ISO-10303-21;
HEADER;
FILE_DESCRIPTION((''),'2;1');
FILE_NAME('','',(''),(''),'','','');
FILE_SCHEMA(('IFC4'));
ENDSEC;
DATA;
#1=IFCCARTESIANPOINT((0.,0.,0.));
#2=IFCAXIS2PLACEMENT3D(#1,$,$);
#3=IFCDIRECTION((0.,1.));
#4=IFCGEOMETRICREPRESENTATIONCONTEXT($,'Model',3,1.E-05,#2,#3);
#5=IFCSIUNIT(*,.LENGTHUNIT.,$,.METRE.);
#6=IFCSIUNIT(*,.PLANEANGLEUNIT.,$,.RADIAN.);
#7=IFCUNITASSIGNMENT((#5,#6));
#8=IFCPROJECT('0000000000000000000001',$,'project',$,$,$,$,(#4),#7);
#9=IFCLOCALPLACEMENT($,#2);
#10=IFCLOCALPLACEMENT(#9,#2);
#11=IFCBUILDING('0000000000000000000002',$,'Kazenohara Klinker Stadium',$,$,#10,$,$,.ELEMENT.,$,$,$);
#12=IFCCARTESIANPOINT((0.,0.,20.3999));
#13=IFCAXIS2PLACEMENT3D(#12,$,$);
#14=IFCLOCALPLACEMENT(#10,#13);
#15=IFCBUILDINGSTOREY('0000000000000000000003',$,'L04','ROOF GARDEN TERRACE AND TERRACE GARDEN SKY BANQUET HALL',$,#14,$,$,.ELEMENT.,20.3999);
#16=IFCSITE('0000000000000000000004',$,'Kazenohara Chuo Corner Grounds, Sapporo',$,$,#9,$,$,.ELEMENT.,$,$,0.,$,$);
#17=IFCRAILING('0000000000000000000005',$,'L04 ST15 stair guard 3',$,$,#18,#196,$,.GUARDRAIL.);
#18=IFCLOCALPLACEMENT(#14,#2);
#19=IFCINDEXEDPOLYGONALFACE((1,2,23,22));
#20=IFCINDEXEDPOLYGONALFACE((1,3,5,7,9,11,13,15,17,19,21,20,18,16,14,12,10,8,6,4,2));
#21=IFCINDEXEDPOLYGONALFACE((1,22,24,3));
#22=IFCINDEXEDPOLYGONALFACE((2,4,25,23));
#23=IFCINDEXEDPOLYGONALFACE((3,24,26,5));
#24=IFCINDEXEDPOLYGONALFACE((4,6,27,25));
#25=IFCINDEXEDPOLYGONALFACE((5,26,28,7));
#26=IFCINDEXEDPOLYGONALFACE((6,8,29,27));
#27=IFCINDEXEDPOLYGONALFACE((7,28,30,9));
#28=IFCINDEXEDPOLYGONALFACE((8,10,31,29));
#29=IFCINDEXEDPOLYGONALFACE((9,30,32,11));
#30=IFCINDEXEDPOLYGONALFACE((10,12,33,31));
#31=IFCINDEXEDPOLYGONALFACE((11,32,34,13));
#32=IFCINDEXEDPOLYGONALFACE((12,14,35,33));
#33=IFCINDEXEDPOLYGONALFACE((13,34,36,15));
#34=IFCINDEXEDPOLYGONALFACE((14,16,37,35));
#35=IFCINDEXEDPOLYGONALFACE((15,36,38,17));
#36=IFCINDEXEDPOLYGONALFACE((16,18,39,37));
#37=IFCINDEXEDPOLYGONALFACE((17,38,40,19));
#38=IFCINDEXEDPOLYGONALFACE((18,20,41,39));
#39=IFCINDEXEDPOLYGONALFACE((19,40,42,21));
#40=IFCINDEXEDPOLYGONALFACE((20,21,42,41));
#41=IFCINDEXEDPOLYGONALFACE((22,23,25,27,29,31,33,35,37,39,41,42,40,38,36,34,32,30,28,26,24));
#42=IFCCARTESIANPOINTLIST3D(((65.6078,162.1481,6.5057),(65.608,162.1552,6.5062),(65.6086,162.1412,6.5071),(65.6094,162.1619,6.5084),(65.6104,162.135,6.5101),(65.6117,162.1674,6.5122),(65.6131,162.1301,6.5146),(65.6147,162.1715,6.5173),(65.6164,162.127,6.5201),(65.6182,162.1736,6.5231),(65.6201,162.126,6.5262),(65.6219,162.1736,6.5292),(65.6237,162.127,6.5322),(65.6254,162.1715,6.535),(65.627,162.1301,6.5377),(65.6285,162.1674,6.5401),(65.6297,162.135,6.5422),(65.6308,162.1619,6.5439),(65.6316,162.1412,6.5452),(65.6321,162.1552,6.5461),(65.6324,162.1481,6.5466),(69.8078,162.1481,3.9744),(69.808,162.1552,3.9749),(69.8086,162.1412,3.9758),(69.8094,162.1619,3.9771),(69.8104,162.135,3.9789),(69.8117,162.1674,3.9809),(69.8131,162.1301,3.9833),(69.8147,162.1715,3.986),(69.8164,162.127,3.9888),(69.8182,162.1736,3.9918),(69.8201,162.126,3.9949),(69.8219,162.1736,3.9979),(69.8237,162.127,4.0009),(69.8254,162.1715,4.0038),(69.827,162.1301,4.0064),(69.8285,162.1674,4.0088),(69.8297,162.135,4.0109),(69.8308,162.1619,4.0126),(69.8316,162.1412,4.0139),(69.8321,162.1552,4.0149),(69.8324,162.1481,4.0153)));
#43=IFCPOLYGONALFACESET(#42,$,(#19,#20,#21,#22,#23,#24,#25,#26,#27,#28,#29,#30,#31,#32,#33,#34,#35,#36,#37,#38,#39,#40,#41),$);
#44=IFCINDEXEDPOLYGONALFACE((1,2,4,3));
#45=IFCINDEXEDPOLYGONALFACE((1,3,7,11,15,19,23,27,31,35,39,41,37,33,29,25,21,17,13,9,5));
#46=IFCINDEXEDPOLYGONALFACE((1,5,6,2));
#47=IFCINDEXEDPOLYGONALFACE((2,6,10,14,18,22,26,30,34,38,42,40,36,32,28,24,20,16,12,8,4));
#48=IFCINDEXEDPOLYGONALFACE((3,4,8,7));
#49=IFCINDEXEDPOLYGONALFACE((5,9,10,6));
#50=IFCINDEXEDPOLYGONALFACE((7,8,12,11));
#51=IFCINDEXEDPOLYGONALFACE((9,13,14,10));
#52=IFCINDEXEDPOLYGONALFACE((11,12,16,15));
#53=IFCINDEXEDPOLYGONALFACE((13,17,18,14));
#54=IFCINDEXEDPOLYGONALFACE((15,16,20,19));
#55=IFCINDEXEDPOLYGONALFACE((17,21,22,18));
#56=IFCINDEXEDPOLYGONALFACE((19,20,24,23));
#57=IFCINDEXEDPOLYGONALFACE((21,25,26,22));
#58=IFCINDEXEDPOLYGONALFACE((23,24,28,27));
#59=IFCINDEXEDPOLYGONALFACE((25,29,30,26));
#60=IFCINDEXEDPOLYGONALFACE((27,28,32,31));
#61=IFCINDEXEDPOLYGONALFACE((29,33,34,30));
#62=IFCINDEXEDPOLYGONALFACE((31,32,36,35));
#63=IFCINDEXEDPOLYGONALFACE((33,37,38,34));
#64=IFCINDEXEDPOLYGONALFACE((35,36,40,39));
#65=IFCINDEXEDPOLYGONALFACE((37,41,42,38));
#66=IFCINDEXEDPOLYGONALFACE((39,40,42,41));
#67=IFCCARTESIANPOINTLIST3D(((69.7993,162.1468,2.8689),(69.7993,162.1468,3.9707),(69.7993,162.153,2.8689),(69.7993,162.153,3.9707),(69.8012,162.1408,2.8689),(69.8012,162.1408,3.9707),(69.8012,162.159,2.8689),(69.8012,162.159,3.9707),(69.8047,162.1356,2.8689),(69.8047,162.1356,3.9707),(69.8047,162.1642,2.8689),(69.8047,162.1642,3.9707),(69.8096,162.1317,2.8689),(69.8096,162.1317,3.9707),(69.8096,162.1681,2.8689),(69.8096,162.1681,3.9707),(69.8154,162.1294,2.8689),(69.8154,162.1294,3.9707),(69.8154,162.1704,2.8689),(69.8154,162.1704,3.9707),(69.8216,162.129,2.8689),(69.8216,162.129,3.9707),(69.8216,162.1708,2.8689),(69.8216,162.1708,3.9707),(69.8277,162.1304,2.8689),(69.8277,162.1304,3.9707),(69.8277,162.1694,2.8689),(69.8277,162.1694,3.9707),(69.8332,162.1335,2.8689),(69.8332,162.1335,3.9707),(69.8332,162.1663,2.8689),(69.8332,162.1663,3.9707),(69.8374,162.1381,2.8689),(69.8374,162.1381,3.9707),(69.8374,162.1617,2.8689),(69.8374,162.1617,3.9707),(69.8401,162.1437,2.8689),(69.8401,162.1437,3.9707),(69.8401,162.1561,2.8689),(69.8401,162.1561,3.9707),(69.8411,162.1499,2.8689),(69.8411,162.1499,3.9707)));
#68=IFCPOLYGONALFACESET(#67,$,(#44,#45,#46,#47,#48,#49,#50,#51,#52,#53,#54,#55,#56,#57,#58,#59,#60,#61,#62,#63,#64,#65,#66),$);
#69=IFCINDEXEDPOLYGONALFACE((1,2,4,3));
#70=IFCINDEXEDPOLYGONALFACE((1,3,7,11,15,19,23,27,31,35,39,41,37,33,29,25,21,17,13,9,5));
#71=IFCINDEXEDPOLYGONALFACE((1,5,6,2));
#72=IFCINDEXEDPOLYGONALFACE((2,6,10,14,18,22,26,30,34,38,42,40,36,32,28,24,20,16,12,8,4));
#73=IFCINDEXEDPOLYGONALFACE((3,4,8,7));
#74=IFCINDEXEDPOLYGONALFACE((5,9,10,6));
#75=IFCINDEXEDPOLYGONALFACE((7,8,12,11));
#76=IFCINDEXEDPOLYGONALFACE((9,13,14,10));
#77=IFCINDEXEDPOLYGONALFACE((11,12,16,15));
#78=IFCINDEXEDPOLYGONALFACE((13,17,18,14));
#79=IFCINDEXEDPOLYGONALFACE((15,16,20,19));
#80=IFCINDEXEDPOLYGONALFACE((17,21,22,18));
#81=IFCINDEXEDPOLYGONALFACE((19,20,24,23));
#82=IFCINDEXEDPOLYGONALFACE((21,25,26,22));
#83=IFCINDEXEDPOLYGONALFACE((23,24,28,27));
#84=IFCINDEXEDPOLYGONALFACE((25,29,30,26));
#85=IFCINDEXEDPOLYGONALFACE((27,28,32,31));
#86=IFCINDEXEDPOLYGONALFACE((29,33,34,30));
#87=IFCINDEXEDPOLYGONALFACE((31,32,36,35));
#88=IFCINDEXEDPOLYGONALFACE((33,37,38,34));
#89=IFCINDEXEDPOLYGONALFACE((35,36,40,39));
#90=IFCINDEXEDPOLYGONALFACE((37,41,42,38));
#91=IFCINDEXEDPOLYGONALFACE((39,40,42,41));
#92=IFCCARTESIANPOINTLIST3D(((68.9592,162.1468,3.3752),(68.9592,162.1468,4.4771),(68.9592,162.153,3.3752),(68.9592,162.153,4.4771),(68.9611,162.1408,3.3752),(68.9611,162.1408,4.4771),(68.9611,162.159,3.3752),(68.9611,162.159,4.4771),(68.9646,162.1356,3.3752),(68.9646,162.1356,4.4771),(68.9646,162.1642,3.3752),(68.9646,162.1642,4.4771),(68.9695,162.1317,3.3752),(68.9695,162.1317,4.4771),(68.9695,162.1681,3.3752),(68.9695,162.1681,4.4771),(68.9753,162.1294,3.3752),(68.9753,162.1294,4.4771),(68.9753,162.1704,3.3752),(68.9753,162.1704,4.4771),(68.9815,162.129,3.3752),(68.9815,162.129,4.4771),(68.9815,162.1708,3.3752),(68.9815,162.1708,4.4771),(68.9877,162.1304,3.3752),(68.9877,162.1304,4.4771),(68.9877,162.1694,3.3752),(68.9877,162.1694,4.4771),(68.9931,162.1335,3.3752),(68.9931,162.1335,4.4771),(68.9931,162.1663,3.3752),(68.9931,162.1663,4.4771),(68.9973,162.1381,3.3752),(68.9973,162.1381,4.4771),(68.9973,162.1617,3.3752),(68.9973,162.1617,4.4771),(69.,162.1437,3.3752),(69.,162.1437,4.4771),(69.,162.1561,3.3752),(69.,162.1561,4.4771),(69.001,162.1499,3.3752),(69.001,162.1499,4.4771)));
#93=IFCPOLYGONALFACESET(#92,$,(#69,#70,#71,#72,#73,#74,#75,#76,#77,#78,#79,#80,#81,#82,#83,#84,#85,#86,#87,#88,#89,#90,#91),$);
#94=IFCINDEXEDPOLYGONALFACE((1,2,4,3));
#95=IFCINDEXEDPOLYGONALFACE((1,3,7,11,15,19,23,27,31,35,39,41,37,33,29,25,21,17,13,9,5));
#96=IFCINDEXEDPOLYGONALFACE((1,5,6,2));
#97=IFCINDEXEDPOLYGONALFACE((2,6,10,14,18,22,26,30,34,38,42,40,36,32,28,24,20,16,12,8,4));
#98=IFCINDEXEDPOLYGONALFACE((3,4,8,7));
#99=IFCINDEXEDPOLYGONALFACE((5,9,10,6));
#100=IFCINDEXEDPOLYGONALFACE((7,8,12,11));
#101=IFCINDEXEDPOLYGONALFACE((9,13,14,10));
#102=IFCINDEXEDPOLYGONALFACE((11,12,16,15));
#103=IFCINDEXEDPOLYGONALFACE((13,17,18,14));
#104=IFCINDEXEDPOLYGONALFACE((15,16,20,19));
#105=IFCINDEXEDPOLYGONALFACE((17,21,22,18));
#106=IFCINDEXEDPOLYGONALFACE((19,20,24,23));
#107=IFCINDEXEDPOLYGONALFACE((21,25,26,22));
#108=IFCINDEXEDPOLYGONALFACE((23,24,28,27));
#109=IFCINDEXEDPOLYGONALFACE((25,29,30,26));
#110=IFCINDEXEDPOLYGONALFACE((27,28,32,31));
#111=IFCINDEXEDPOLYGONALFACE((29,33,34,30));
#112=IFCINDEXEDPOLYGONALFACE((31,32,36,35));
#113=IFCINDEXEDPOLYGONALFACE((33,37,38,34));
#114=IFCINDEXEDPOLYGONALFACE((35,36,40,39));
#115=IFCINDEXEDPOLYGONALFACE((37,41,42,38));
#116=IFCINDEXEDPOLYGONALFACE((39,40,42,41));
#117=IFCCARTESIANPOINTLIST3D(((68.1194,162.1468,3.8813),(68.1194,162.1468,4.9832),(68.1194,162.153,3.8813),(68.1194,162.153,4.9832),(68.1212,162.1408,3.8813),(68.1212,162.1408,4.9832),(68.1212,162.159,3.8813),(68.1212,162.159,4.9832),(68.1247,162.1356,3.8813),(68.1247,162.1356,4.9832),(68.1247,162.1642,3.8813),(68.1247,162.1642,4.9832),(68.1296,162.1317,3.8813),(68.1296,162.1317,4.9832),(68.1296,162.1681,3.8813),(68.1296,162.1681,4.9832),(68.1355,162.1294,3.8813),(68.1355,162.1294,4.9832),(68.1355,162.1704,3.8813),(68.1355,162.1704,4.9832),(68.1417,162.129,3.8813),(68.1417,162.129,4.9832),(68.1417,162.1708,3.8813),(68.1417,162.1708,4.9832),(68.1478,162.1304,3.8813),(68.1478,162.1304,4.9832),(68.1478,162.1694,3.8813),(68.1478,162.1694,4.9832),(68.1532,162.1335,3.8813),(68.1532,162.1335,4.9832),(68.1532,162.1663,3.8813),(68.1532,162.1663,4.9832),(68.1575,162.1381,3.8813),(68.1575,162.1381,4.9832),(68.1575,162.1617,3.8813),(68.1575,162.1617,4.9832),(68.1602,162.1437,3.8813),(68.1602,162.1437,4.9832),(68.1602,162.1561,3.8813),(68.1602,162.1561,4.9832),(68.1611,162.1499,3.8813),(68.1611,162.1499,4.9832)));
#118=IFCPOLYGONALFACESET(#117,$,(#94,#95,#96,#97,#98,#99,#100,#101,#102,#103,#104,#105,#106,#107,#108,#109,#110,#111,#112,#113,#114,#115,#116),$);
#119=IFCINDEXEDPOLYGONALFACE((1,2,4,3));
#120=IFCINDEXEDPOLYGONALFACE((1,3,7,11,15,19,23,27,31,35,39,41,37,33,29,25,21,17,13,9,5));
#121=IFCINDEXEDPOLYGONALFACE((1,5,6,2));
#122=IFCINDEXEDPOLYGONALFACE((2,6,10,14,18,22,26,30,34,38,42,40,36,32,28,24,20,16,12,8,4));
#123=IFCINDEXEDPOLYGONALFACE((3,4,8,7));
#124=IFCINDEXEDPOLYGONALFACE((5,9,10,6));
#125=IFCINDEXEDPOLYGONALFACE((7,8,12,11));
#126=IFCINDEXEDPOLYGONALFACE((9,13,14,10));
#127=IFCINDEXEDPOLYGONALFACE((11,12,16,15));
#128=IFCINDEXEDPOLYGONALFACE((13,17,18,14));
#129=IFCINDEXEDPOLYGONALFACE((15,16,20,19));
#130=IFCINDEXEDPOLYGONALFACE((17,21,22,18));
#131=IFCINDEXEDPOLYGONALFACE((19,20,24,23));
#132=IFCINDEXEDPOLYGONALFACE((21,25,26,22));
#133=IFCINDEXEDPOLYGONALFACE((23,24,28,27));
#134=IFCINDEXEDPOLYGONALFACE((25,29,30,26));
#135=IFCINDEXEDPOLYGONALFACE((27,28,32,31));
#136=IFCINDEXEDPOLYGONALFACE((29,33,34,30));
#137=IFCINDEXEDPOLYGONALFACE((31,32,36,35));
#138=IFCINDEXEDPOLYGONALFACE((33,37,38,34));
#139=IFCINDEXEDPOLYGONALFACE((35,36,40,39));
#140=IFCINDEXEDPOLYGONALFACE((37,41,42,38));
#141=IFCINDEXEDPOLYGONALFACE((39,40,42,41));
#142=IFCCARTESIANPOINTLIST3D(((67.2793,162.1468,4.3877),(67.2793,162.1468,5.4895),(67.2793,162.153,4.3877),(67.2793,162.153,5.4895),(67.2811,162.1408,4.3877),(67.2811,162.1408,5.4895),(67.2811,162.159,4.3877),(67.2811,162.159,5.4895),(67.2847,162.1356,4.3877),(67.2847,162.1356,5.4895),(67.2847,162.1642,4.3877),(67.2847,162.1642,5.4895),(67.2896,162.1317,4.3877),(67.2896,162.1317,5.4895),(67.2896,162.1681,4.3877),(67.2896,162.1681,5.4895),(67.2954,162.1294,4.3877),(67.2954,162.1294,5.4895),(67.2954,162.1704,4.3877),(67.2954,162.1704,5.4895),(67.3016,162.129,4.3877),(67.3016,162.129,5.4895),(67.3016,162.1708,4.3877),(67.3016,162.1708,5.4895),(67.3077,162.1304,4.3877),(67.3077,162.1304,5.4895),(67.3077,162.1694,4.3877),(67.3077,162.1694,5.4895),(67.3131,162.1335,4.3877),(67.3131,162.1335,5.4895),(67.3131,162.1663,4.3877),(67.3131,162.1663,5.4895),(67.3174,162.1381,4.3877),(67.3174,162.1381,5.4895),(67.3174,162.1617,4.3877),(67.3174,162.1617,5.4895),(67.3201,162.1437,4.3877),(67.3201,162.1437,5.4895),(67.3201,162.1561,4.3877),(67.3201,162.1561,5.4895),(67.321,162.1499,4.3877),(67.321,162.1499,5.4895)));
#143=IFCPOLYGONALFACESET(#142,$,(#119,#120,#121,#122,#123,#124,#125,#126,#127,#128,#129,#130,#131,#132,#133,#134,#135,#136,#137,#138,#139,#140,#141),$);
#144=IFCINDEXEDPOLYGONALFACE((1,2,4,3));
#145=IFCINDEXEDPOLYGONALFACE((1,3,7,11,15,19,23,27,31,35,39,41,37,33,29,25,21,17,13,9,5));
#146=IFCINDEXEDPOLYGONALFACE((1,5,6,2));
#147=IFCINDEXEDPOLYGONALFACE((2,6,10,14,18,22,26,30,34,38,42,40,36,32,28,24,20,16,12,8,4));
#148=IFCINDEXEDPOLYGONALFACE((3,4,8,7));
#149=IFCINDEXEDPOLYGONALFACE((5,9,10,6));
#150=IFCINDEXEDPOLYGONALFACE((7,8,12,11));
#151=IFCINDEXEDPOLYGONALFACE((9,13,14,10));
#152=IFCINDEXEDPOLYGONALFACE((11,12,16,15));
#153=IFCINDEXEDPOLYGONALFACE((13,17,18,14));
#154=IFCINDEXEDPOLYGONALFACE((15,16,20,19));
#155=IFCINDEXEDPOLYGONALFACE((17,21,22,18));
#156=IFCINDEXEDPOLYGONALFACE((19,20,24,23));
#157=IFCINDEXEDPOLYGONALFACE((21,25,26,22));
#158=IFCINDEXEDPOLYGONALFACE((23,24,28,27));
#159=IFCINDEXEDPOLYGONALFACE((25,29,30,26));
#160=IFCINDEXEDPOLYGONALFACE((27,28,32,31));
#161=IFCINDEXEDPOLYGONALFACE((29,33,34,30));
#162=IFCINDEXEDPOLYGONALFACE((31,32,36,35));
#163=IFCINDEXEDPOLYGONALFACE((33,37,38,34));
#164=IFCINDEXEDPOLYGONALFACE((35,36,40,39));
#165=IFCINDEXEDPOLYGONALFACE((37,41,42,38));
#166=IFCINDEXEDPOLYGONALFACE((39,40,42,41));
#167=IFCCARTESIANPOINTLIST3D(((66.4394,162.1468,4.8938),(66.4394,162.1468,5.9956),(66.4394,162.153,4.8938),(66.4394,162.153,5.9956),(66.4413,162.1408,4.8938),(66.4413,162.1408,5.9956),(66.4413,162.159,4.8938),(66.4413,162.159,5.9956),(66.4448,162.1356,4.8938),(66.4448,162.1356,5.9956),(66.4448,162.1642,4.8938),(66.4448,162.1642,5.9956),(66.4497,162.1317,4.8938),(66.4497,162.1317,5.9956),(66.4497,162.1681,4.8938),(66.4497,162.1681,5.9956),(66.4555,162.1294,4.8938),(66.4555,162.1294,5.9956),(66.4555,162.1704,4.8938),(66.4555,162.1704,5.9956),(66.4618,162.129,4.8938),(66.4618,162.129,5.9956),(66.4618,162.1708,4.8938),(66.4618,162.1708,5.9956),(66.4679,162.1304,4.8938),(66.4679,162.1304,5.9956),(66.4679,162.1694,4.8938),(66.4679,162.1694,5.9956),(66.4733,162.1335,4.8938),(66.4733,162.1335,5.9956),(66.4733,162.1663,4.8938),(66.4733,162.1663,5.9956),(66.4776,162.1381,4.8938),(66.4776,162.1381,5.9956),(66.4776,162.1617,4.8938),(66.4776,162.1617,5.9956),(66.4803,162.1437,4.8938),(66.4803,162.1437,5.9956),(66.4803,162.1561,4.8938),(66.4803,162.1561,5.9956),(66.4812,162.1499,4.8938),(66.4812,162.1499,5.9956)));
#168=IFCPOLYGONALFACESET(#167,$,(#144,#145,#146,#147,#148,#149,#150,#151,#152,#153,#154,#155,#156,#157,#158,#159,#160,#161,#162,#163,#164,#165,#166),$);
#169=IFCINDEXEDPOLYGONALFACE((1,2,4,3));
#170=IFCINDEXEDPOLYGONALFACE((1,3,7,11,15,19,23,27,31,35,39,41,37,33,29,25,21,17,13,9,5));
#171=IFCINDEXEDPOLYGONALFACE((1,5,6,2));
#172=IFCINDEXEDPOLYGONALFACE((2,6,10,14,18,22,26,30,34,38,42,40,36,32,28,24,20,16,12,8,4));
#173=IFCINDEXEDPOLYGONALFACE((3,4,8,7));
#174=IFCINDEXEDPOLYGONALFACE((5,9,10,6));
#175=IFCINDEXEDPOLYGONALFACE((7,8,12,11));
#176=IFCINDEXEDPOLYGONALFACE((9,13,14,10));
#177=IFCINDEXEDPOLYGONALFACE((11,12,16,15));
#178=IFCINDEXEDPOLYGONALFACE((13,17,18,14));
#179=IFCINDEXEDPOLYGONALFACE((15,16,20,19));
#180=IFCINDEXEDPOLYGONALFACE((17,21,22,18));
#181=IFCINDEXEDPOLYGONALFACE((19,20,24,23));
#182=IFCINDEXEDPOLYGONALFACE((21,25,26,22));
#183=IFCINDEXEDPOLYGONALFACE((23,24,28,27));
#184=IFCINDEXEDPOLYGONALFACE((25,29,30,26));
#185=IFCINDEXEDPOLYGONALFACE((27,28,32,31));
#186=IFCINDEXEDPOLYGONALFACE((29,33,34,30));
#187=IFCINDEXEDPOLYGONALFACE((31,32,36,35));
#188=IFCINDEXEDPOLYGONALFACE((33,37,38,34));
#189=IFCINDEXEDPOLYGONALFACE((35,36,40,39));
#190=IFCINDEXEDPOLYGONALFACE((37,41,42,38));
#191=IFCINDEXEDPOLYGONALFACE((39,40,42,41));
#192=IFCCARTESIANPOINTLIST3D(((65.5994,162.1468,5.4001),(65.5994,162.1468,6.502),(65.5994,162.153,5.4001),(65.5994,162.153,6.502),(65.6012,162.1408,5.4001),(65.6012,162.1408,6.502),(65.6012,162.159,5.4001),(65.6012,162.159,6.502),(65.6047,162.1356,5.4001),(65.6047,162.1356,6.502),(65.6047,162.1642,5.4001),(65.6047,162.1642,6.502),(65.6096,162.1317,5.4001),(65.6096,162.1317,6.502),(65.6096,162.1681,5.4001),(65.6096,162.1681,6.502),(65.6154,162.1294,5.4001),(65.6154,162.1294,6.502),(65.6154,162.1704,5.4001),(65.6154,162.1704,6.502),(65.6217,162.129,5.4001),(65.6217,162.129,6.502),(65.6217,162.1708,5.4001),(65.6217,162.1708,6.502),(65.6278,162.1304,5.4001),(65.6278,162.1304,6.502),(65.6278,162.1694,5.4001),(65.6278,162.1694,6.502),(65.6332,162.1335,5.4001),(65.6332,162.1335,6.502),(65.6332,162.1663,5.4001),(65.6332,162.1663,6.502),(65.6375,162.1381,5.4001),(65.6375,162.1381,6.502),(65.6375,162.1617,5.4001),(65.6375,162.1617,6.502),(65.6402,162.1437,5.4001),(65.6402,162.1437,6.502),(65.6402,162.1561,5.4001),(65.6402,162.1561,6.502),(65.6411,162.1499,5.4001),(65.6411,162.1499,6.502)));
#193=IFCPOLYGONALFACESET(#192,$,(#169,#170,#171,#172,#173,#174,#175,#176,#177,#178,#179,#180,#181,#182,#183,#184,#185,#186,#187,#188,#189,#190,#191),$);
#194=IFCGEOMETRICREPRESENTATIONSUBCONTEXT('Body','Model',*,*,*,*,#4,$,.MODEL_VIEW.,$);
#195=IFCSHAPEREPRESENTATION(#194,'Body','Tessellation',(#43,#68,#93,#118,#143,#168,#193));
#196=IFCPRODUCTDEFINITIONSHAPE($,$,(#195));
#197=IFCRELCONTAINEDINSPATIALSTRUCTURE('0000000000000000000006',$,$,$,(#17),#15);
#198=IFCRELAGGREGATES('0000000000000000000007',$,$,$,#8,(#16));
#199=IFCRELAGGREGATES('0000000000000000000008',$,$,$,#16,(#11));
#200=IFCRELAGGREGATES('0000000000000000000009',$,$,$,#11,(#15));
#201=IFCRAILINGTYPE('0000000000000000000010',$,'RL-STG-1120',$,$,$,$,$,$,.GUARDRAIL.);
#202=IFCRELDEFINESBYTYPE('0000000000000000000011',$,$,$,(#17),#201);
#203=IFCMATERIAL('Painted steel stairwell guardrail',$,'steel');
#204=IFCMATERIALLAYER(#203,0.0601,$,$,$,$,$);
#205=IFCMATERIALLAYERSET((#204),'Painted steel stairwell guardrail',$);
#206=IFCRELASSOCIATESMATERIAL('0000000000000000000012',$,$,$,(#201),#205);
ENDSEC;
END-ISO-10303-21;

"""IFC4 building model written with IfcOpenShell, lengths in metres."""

from ifc_helpers import new_model, si_unit, direction, frame, origin, origin_2d, place, context, subcontext, project, spatial, circle, extrude, material, layer, layer_set, type_object, element, save


model = new_model("IFC4")

# Units and contexts
model_context = context("Model", 3, precision=1e-05, world=origin(), true_north=direction((0.0, 1.0)))
body_context = subcontext(model_context, "Body", "Model", "MODEL_VIEW")
ifc_project = project(units=[si_unit("LENGTHUNIT", "METRE"), si_unit("PLANEANGLEUNIT", "RADIAN")], contexts=[model_context])

# Site, building, storey
site_placement = place(None, origin())
site = spatial("IfcSite", under=ifc_project, at=site_placement, Name="Kazenohara Chuo Corner Grounds, Sapporo", CompositionType="ELEMENT", RefElevation=0.0)
building_placement = place(site_placement, origin())
building = spatial("IfcBuilding", under=site, at=building_placement, Name="Kazenohara Klinker Stadium", CompositionType="ELEMENT")
storey_placement = place(building_placement, frame((0.0, 0.0, 20.3999)))
storey = spatial("IfcBuildingStorey", under=building, at=storey_placement, Name="L04", Description="ROOF GARDEN TERRACE AND TERRACE GARDEN SKY BANQUET HALL", CompositionType="ELEMENT", Elevation=20.3999)

# Railing
ifc_material_1 = material(Name="Painted steel stairwell guardrail", Category="steel")
ifc_layer_1 = layer(ifc_material_1, 0.0601)
ifc_layer_set_1 = layer_set([ifc_layer_1], Name="Painted steel stairwell guardrail")
railing_type_1 = type_object("IfcRailingType", Name="RL-STG-1120", PredefinedType="GUARDRAIL", material=ifc_layer_set_1)
railing_1_placement = place(storey_placement, frame((69.8201, 162.1499, 2.8689)))
element("IfcRailing", 1, at=railing_1_placement, inside=storey, type_object=railing_type_1, Name="L04 ST15 stair guard 3", PredefinedType="GUARDRAIL", context=body_context, shape_type="SweptSolid", body=[
    extrude(circle(Radius=0.0239, at=origin_2d()), frame((0.0, 0.0, 1.126), z_axis=(-0.856476, 0.0, 0.516186), x_axis=(0.0, -1.0, 0.0)), (0.0, 0.0, 1.0), 4.9038),
    extrude(circle(Radius=0.021, at=origin_2d()), origin(), (0.0, 0.0, 1.0), 1.1018),
    extrude(circle(Radius=0.021, at=origin_2d()), frame((-0.8401, 0.0, 0.5063)), (0.0, 0.0, 1.0), 1.1018),
    extrude(circle(Radius=0.021, at=origin_2d()), frame((-1.6799, 0.0, 1.0125)), (0.0, 0.0, 1.0), 1.1018),
    extrude(circle(Radius=0.021, at=origin_2d()), frame((-2.52, 0.0, 1.5188)), (0.0, 0.0, 1.0), 1.1018),
    extrude(circle(Radius=0.021, at=origin_2d()), frame((-3.3599, 0.0, 2.0249)), (0.0, 0.0, 1.0), 1.1018),
    extrude(circle(Radius=0.021, at=origin_2d()), frame((-4.2, 0.0, 2.5312)), (0.0, 0.0, 1.0), 1.1018),
])

save(model, "model.ifc")
